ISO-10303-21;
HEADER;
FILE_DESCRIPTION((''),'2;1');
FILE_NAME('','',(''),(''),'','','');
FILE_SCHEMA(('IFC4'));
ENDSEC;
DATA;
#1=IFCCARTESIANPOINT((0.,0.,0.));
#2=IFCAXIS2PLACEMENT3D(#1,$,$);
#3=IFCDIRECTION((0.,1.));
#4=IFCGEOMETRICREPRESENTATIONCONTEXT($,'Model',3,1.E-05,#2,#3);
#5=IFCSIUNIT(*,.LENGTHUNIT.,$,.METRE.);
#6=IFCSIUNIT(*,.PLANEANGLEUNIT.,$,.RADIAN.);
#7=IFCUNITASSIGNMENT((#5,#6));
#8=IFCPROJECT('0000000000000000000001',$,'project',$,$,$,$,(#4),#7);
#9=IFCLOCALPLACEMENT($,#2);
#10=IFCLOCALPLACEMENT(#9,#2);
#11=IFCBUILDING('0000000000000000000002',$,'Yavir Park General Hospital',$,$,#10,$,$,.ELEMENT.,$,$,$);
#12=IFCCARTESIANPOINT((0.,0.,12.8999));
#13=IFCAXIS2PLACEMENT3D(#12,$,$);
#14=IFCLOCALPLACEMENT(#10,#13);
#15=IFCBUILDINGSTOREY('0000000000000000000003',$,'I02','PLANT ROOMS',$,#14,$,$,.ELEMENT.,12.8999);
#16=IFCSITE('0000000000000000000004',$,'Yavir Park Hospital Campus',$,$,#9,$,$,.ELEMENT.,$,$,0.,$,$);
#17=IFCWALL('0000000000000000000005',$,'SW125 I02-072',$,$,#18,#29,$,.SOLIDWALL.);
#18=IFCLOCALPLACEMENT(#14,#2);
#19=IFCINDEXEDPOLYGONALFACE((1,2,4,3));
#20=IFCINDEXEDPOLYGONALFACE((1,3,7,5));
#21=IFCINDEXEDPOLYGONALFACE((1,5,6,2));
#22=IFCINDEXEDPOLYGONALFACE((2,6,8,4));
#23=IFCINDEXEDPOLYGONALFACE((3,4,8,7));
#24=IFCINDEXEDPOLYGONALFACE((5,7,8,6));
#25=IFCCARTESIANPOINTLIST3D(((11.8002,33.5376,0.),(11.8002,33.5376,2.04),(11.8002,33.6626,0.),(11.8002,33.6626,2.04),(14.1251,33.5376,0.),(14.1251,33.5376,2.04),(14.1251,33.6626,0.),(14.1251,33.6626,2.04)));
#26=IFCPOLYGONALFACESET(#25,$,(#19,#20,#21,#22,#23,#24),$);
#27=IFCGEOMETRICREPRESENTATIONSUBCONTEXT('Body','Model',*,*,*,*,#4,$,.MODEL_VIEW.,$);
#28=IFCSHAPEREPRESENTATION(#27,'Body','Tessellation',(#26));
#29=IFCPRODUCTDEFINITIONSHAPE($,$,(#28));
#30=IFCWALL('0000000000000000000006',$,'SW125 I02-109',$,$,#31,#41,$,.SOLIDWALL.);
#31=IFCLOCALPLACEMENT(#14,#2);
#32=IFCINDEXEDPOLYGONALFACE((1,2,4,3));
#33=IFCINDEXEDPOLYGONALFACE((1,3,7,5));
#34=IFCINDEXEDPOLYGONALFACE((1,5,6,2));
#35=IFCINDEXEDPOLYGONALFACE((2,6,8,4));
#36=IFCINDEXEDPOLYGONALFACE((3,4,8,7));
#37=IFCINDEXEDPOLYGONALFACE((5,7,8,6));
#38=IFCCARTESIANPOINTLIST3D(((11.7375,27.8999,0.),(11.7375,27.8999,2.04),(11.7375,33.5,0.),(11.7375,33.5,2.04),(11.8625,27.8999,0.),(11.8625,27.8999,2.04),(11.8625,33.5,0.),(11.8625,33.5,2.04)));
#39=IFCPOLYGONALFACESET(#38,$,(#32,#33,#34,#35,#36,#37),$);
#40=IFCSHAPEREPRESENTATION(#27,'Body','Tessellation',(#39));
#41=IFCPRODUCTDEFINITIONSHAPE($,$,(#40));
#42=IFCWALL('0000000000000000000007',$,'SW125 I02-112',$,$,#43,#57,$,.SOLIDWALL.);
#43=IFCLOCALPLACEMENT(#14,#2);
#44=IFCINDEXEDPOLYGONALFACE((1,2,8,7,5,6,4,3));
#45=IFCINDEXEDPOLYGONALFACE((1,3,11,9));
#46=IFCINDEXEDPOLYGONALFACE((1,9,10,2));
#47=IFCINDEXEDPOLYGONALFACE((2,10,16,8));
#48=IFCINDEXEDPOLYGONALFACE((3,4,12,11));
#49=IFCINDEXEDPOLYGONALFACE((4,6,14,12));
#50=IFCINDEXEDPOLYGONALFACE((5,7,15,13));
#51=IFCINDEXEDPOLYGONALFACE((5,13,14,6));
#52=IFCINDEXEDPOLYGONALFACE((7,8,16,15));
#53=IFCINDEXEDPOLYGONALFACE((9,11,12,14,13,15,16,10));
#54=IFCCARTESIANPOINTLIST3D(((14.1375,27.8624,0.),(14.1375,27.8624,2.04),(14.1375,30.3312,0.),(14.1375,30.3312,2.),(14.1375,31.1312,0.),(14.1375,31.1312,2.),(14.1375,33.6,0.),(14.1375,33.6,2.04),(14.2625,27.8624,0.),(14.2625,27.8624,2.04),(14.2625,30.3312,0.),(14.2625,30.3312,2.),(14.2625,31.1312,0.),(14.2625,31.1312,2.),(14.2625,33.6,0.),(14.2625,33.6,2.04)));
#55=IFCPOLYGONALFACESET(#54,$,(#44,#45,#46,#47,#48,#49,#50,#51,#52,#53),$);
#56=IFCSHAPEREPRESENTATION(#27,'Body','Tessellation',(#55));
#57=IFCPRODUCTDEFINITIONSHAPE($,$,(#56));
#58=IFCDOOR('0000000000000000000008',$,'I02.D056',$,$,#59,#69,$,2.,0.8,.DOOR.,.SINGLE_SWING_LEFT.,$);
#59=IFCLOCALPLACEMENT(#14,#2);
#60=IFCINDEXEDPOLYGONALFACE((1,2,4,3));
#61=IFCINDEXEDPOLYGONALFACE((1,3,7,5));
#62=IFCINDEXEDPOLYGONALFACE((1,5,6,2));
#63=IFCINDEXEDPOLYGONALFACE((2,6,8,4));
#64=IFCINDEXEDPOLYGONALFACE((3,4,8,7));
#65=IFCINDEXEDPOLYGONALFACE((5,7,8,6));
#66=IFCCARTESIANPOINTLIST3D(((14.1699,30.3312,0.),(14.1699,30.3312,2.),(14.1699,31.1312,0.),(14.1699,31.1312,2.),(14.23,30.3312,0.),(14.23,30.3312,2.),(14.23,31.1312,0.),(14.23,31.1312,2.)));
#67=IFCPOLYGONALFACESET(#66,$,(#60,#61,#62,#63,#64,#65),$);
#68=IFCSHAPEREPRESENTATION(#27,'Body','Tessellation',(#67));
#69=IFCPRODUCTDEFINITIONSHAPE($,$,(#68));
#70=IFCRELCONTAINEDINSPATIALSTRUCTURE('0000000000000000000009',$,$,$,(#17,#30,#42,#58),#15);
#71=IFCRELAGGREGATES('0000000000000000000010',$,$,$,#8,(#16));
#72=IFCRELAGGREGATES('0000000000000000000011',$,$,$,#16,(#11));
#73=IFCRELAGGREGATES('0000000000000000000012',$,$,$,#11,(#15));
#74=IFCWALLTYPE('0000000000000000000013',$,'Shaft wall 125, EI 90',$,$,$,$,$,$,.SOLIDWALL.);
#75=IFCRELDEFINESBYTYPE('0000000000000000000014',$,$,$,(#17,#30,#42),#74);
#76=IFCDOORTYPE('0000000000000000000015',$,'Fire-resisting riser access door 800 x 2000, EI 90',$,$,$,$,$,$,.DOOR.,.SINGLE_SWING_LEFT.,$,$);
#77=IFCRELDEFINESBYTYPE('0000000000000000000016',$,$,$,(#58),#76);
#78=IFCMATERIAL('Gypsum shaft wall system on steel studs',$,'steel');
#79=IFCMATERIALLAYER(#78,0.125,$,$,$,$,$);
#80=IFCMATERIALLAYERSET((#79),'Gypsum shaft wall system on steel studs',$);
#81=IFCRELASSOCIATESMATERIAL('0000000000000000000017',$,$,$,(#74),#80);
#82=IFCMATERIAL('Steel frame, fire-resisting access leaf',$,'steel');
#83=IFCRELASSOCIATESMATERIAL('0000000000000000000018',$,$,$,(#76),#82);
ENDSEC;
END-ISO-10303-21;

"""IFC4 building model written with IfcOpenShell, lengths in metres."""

from ifc_helpers import new_model, si_unit, direction, frame, frame_2d, origin, place, context, subcontext, project, spatial, rectangle, extrude, material, layer, layer_set, type_object, element, fill, save


model = new_model("IFC4")

# Units and contexts
model_context = context("Model", 3, precision=1e-05, world=origin(), true_north=direction((0.0, 1.0)))
body_context = subcontext(model_context, "Body", "Model", "MODEL_VIEW")
ifc_project = project(units=[si_unit("LENGTHUNIT", "METRE"), si_unit("PLANEANGLEUNIT", "RADIAN")], contexts=[model_context])

# Site, building, storey
site_placement = place(None, origin())
site = spatial("IfcSite", under=ifc_project, at=site_placement, Name="Yavir Park Hospital Campus", CompositionType="ELEMENT", RefElevation=0.0)
building_placement = place(site_placement, origin())
building = spatial("IfcBuilding", under=site, at=building_placement, Name="Yavir Park General Hospital", CompositionType="ELEMENT")
storey_placement = place(building_placement, frame((0.0, 0.0, 12.8999)))
storey = spatial("IfcBuildingStorey", under=building, at=storey_placement, Name="I02", Description="PLANT ROOMS", CompositionType="ELEMENT", Elevation=12.8999)

# Walls
ifc_material_1 = material(Name="Gypsum shaft wall system on steel studs", Category="steel")
ifc_layer_1 = layer(ifc_material_1, 0.125)
ifc_layer_set_1 = layer_set([ifc_layer_1], Name="Gypsum shaft wall system on steel studs")
wall_type_1 = type_object("IfcWallType", Name="Shaft wall 125, EI 90", PredefinedType="SOLIDWALL", material=ifc_layer_set_1)
wall_1_placement = place(storey_placement, frame((11.8, 33.6001, 0.0), z_axis=(0.0, 0.0, 1.0), x_axis=(1.0, 0.0, 0.0)))
element("IfcWall", 1, at=wall_1_placement, inside=storey, type_object=wall_type_1, Name="SW125 I02-072", PredefinedType="SOLIDWALL", context=body_context, shape_type="SweptSolid", body=[
    extrude(rectangle(XDim=2.325, YDim=0.125, at=frame_2d((1.1626, 0.0))), origin(), (0.0, 0.0, 1.0), 2.04),
])
wall_2_placement = place(storey_placement, frame((11.8, 27.8999, 0.0), z_axis=(0.0, 0.0, 1.0), x_axis=(0.0, 1.0, 0.0)))
element("IfcWall", 2, at=wall_2_placement, inside=storey, type_object=wall_type_1, Name="SW125 I02-109", PredefinedType="SOLIDWALL", context=body_context, shape_type="SweptSolid", body=[
    extrude(rectangle(XDim=5.6001, YDim=0.125, at=frame_2d((2.8, 0.0))), origin(), (0.0, 0.0, 1.0), 2.04),
])

# Wall, opening, door
wall_3_placement = place(storey_placement, frame((14.2, 27.8625, 0.0), z_axis=(0.0, 0.0, 1.0), x_axis=(0.0, 1.0, 0.0)))
wall_3 = element("IfcWall", 3, at=wall_3_placement, inside=storey, type_object=wall_type_1, Name="SW125 I02-112", PredefinedType="SOLIDWALL", context=body_context, shape_type="SweptSolid", body=[
    extrude(rectangle(XDim=5.7375, YDim=0.125, at=frame_2d((2.8687, 0.0))), origin(), (0.0, 0.0, 1.0), 2.04),
])
opening_1_placement = place(wall_3_placement, frame((2.4688, 0.0, 0.0)))
opening_1 = element("IfcOpeningElement", 4, at=opening_1_placement, cuts=wall_3, PredefinedType="OPENING", context=body_context, shape_type="SweptSolid", body=[
    extrude(rectangle(XDim=0.8, YDim=2.0, at=frame_2d((0.3999, 1.0))), frame((0.0, 0.0725, 0.0), z_axis=(0.0, -1.0, 0.0), x_axis=(1.0, 0.0, 0.0)), (0.0, 0.0, 1.0), 0.145),
])
ifc_material_2 = material(Name="Steel frame, fire-resisting access leaf", Category="steel")
door_type_1 = type_object("IfcDoorType", Name="Fire-resisting riser access door 800 x 2000, EI 90", OperationType="SINGLE_SWING_LEFT", PredefinedType="DOOR", material=ifc_material_2)
door_1_placement = place(opening_1_placement, origin())
door_1 = element("IfcDoor", 5, at=door_1_placement, inside=storey, type_object=door_type_1, Name="I02.D056", OperationType="SINGLE_SWING_LEFT", OverallHeight=2.0, OverallWidth=0.8, PredefinedType="DOOR", context=body_context, shape_type="SweptSolid", body=[
    extrude(rectangle(XDim=0.8, YDim=2.0, at=frame_2d((0.3999, 1.0))), frame((0.0, 0.03, 0.0), z_axis=(0.0, -1.0, 0.0), x_axis=(1.0, 0.0, 0.0)), (0.0, 0.0, 1.0), 0.0601),
])
fill(opening_1, door_1)

save(model, "model.ifc")
